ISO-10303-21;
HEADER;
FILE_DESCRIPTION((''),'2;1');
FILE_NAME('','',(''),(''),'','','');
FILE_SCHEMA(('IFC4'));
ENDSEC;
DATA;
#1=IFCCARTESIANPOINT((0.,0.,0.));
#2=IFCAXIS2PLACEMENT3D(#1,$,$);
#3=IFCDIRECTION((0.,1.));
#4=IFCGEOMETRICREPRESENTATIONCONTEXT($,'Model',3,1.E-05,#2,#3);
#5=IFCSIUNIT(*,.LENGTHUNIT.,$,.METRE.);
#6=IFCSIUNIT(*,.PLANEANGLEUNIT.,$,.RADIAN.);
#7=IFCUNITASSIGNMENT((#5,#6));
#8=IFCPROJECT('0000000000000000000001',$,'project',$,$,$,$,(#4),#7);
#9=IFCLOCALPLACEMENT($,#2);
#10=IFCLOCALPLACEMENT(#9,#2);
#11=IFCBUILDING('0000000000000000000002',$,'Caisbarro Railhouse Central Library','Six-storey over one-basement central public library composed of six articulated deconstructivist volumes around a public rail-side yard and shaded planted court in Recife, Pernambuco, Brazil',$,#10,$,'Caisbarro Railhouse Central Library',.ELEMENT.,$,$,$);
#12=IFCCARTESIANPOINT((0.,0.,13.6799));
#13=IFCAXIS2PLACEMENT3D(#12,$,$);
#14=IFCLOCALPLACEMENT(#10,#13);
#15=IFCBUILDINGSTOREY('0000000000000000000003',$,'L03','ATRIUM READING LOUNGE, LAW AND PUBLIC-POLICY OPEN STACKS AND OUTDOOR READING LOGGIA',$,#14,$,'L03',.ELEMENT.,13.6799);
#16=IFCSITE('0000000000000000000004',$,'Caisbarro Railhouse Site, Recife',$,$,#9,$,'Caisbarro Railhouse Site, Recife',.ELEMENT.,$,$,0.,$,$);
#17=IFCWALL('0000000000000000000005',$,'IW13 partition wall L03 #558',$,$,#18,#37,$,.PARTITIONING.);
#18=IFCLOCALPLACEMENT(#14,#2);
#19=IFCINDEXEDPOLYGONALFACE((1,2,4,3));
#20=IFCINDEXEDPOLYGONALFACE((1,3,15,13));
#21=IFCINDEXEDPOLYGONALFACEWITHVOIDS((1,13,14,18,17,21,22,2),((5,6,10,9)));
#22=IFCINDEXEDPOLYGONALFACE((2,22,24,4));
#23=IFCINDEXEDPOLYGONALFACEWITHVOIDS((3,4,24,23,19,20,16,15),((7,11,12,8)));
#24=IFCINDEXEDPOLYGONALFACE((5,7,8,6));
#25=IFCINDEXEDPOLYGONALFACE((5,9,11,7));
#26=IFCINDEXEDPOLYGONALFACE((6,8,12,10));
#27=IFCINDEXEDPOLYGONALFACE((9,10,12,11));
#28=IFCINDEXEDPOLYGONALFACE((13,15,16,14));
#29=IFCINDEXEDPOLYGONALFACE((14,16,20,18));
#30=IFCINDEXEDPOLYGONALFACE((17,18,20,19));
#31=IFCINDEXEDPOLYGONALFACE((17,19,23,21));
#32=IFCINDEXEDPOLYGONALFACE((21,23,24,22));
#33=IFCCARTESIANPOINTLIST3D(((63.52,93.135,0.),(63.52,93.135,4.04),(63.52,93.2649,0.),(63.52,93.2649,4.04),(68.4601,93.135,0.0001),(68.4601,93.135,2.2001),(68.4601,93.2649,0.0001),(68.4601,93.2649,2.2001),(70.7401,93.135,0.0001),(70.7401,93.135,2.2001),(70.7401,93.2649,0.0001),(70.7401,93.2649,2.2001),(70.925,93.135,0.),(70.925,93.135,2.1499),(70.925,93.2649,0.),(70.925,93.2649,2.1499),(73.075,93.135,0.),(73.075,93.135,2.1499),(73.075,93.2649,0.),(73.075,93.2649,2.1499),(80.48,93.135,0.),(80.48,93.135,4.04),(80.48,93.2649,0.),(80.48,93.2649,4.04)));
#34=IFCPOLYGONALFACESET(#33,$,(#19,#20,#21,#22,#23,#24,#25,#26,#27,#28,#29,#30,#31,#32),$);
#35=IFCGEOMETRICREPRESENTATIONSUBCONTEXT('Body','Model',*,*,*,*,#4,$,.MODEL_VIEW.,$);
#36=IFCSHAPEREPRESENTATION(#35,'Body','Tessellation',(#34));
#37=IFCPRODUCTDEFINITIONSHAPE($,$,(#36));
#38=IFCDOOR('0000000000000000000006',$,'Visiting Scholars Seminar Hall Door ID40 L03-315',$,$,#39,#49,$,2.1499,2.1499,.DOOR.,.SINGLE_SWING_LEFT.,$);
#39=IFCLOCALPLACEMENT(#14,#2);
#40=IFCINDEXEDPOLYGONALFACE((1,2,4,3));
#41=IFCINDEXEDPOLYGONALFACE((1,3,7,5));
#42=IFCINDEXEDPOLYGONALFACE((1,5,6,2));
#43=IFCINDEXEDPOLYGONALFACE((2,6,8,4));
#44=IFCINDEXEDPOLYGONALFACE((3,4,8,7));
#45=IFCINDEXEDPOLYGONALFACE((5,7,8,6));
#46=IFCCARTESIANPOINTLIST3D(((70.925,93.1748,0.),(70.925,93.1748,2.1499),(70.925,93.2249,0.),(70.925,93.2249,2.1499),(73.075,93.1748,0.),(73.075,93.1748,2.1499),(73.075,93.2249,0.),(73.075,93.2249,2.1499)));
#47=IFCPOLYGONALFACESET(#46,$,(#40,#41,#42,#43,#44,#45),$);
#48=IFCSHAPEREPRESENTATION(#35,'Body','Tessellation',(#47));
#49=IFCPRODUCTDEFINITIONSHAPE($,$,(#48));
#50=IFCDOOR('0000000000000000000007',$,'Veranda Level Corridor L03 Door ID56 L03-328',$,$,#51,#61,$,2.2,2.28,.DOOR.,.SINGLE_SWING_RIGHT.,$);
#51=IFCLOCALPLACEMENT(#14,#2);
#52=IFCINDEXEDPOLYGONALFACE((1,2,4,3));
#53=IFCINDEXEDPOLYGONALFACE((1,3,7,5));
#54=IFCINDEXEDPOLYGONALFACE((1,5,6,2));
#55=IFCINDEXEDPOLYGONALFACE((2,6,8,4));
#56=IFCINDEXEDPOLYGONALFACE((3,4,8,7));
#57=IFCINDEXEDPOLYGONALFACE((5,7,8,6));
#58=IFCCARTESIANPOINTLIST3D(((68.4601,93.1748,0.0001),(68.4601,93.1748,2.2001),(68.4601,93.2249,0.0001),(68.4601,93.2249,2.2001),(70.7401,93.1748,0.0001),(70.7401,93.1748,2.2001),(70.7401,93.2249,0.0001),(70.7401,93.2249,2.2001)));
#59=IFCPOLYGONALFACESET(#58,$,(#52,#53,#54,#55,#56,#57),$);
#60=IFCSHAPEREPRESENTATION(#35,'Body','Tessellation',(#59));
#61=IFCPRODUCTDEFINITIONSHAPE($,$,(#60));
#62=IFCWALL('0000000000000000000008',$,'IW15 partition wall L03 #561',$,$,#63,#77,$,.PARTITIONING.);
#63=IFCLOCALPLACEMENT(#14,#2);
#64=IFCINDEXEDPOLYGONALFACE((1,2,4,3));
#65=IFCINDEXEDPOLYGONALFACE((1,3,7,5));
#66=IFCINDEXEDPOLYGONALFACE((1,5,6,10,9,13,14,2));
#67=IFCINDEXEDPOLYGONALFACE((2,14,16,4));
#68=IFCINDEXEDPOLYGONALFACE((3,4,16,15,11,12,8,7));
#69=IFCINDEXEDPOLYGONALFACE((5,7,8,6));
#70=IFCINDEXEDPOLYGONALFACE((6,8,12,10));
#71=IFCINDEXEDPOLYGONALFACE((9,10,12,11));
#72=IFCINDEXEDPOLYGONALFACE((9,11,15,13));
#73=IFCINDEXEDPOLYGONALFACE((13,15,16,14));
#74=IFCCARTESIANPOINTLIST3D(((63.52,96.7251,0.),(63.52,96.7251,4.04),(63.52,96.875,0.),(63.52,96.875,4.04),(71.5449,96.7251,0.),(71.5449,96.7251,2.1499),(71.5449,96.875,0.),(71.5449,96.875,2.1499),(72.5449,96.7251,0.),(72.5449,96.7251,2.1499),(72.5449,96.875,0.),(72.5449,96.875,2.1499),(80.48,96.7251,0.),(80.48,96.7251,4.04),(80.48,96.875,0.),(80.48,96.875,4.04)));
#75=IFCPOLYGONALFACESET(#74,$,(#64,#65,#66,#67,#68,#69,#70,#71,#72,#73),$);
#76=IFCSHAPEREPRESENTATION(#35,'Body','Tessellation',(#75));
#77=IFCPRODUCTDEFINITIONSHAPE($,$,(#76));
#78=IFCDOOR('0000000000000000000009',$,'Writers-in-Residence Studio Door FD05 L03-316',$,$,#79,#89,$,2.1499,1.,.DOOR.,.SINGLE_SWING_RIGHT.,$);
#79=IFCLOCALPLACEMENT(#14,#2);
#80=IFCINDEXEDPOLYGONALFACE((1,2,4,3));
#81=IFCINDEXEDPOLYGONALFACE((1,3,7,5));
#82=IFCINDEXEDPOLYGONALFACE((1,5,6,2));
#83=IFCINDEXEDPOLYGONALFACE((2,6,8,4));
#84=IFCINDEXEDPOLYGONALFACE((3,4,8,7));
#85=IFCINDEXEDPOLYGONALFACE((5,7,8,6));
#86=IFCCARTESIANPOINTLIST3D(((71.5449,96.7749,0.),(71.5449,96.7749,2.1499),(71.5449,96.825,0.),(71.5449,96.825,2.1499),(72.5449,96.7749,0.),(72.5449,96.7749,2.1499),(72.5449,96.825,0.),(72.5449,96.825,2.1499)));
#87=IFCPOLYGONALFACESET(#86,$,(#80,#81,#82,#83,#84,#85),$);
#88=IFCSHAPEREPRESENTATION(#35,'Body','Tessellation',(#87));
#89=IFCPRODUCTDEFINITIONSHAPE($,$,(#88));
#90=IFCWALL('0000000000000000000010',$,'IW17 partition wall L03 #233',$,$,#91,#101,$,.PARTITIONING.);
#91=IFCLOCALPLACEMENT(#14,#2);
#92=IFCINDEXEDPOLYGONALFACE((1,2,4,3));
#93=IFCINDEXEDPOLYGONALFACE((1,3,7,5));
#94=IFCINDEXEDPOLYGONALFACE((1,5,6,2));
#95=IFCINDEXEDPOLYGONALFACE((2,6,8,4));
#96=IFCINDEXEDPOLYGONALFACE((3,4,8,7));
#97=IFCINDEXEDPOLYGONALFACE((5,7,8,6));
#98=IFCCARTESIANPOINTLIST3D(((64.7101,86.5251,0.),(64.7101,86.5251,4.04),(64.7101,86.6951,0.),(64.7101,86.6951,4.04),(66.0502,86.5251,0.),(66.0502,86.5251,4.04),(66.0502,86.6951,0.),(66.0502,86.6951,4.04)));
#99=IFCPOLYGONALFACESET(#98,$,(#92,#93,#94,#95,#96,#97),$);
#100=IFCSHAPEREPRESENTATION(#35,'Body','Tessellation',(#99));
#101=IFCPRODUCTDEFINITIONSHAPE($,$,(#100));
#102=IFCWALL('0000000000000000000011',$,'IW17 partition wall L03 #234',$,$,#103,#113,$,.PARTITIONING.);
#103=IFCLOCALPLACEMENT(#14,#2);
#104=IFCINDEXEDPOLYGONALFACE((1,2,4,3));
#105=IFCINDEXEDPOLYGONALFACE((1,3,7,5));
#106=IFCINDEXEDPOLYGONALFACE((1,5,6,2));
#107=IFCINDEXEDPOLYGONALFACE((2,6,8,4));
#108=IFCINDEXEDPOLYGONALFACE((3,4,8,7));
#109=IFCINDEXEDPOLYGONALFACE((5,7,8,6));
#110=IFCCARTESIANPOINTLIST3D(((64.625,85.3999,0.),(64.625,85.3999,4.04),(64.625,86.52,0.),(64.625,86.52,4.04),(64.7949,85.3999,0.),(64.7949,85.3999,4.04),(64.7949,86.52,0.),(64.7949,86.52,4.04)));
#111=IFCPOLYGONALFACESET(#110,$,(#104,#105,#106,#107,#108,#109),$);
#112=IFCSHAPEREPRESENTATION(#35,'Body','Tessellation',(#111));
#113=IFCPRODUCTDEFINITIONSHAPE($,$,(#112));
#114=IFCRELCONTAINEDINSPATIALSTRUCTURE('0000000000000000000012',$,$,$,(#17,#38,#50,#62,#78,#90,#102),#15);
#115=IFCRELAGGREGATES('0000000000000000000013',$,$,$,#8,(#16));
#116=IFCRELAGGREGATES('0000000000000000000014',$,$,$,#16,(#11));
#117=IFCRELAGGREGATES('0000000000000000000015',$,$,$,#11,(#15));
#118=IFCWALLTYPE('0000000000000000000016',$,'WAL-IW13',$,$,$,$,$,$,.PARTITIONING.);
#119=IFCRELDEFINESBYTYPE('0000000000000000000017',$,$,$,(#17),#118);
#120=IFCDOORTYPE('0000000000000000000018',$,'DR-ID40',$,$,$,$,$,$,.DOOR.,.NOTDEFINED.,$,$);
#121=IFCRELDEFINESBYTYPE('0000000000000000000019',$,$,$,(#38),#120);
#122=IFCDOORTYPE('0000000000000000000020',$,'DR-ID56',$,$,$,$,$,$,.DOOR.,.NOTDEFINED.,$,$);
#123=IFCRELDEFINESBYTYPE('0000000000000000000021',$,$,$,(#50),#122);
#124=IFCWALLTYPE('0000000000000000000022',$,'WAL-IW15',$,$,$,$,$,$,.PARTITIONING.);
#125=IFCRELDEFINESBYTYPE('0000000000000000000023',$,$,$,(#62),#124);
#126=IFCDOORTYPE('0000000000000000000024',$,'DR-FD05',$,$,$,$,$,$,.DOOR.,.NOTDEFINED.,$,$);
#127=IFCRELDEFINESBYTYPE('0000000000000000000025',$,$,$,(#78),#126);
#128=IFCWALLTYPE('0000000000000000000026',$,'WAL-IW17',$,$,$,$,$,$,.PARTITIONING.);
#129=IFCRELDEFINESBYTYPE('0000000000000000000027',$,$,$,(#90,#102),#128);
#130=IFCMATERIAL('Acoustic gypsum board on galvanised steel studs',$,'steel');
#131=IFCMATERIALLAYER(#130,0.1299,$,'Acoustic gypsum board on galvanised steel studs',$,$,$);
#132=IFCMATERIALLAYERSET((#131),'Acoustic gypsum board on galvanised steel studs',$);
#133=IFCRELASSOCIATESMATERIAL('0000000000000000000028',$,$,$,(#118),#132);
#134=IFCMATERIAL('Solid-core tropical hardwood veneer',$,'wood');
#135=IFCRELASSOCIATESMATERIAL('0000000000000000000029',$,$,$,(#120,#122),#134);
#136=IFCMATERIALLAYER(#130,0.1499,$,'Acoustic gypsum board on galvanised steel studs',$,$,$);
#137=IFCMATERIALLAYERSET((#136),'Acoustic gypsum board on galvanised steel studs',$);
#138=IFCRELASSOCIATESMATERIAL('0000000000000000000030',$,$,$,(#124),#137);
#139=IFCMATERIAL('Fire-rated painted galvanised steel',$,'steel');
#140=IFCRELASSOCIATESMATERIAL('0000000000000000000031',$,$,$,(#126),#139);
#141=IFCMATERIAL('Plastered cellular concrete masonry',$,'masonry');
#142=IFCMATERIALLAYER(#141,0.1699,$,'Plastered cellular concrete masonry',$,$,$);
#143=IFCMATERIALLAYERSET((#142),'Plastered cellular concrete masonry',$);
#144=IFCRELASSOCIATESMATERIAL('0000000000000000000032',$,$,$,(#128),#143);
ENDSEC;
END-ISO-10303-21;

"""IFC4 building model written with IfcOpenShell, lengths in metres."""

from ifc_helpers import new_model, si_unit, direction, frame, frame_2d, origin, place, context, subcontext, project, spatial, rectangle, extrude, material, layer, layer_set, type_object, element, fill, save


model = new_model("IFC4")

# Units and contexts
model_context = context("Model", 3, precision=1e-05, world=origin(), true_north=direction((0.0, 1.0)))
body_context = subcontext(model_context, "Body", "Model", "MODEL_VIEW")
ifc_project = project(units=[si_unit("LENGTHUNIT", "METRE"), si_unit("PLANEANGLEUNIT", "RADIAN")], contexts=[model_context])

# Site, building, storey
site_placement = place(None, origin())
site = spatial("IfcSite", under=ifc_project, at=site_placement, Name="Caisbarro Railhouse Site, Recife", LongName="Caisbarro Railhouse Site, Recife", CompositionType="ELEMENT", RefElevation=0.0)
building_placement = place(site_placement, origin())
building = spatial("IfcBuilding", under=site, at=building_placement, Name="Caisbarro Railhouse Central Library", Description="Six-storey over one-basement central public library composed of six articulated deconstructivist volumes around a public rail-side yard and shaded planted court in Recife, Pernambuco, Brazil", LongName="Caisbarro Railhouse Central Library", CompositionType="ELEMENT")
storey_placement = place(building_placement, frame((0.0, 0.0, 13.6799)))
storey = spatial("IfcBuildingStorey", under=building, at=storey_placement, Name="L03", Description="ATRIUM READING LOUNGE, LAW AND PUBLIC-POLICY OPEN STACKS AND OUTDOOR READING LOGGIA", LongName="L03", CompositionType="ELEMENT", Elevation=13.6799)

# Wall, openings, doors
ifc_material_1 = material(Name="Acoustic gypsum board on galvanised steel studs", Category="steel")
ifc_layer_1 = layer(ifc_material_1, 0.1299, Name="Acoustic gypsum board on galvanised steel studs")
ifc_layer_set_1 = layer_set([ifc_layer_1], Name="Acoustic gypsum board on galvanised steel studs")
wall_type_1 = type_object("IfcWallType", Name="WAL-IW13", PredefinedType="PARTITIONING", material=ifc_layer_set_1)
wall_1_placement = place(storey_placement, frame((63.52, 93.2, 0.0), z_axis=(0.0, 0.0, 1.0), x_axis=(1.0, 0.0, 0.0)))
wall_1 = element("IfcWall", 1, at=wall_1_placement, inside=storey, type_object=wall_type_1, Name="IW13 partition wall L03 #558", PredefinedType="PARTITIONING", context=body_context, shape_type="SweptSolid", body=[
    extrude(rectangle(XDim=16.96, YDim=0.1299, at=frame_2d((8.48, 0.0))), origin(), (0.0, 0.0, 1.0), 4.04),
])
opening_1_placement = place(wall_1_placement, frame((7.405, 0.0, 0.0)))
opening_1 = element("IfcOpeningElement", 2, at=opening_1_placement, cuts=wall_1, PredefinedType="OPENING", context=body_context, shape_type="SweptSolid", body=[
    extrude(rectangle(XDim=2.1499, YDim=2.1499, at=frame_2d((1.075, 1.075))), frame((0.0, 0.075, 0.0), z_axis=(0.0, -1.0, 0.0), x_axis=(1.0, 0.0, 0.0)), (0.0, 0.0, 1.0), 0.1499),
])
opening_2_placement = place(wall_1_placement, frame((4.9399, 0.0, 0.0)))
opening_2 = element("IfcOpeningElement", 3, at=opening_2_placement, cuts=wall_1, PredefinedType="OPENING", context=body_context, shape_type="SweptSolid", body=[
    extrude(rectangle(XDim=2.28, YDim=2.2, at=frame_2d((1.1401, 1.1001))), frame((0.0, 0.075, 0.0), z_axis=(0.0, -1.0, 0.0), x_axis=(1.0, 0.0, 0.0)), (0.0, 0.0, 1.0), 0.1499),
])
ifc_material_2 = material(Name="Solid-core tropical hardwood veneer", Category="wood")
door_type_1 = type_object("IfcDoorType", Name="DR-ID40", OperationType="NOTDEFINED", PredefinedType="DOOR", material=ifc_material_2)
door_1_placement = place(opening_1_placement, origin())
door_1 = element("IfcDoor", 4, at=door_1_placement, inside=storey, type_object=door_type_1, Name="Visiting Scholars Seminar Hall Door ID40 L03-315", OperationType="SINGLE_SWING_LEFT", OverallHeight=2.1499, OverallWidth=2.1499, PredefinedType="DOOR", context=body_context, shape_type="SweptSolid", body=[
    extrude(rectangle(XDim=2.1499, YDim=2.1499, at=frame_2d((1.075, 1.075))), frame((0.0, 0.0249, 0.0), z_axis=(0.0, -1.0, 0.0), x_axis=(1.0, 0.0, 0.0)), (0.0, 0.0, 1.0), 0.05),
])
fill(opening_1, door_1)
door_type_2 = type_object("IfcDoorType", Name="DR-ID56", OperationType="NOTDEFINED", PredefinedType="DOOR", material=ifc_material_2)
door_2_placement = place(opening_2_placement, origin())
door_2 = element("IfcDoor", 5, at=door_2_placement, inside=storey, type_object=door_type_2, Name="Veranda Level Corridor L03 Door ID56 L03-328", OperationType="SINGLE_SWING_RIGHT", OverallHeight=2.2, OverallWidth=2.28, PredefinedType="DOOR", context=body_context, shape_type="SweptSolid", body=[
    extrude(rectangle(XDim=2.28, YDim=2.2, at=frame_2d((1.1401, 1.1001))), frame((0.0, 0.0249, 0.0), z_axis=(0.0, -1.0, 0.0), x_axis=(1.0, 0.0, 0.0)), (0.0, 0.0, 1.0), 0.05),
])
fill(opening_2, door_2)

# Wall, opening, door
ifc_layer_2 = layer(ifc_material_1, 0.1499, Name="Acoustic gypsum board on galvanised steel studs")
ifc_layer_set_2 = layer_set([ifc_layer_2], Name="Acoustic gypsum board on galvanised steel studs")
wall_type_2 = type_object("IfcWallType", Name="WAL-IW15", PredefinedType="PARTITIONING", material=ifc_layer_set_2)
wall_2_placement = place(storey_placement, frame((63.52, 96.8, 0.0), z_axis=(0.0, 0.0, 1.0), x_axis=(1.0, 0.0, 0.0)))
wall_2 = element("IfcWall", 6, at=wall_2_placement, inside=storey, type_object=wall_type_2, Name="IW15 partition wall L03 #561", PredefinedType="PARTITIONING", context=body_context, shape_type="SweptSolid", body=[
    extrude(rectangle(XDim=16.96, YDim=0.1499, at=frame_2d((8.48, 0.0))), origin(), (0.0, 0.0, 1.0), 4.04),
])
opening_3_placement = place(wall_2_placement, frame((8.0249, 0.0, 0.0)))
opening_3 = element("IfcOpeningElement", 7, at=opening_3_placement, cuts=wall_2, PredefinedType="OPENING", context=body_context, shape_type="SweptSolid", body=[
    extrude(rectangle(XDim=1.0, YDim=2.1499, at=frame_2d((0.5, 1.075))), frame((0.0, 0.085, 0.0), z_axis=(0.0, -1.0, 0.0), x_axis=(1.0, 0.0, 0.0)), (0.0, 0.0, 1.0), 0.1699),
])
ifc_material_3 = material(Name="Fire-rated painted galvanised steel", Category="steel")
door_type_3 = type_object("IfcDoorType", Name="DR-FD05", OperationType="NOTDEFINED", PredefinedType="DOOR", material=ifc_material_3)
door_3_placement = place(opening_3_placement, origin())
door_3 = element("IfcDoor", 8, at=door_3_placement, inside=storey, type_object=door_type_3, Name="Writers-in-Residence Studio Door FD05 L03-316", OperationType="SINGLE_SWING_RIGHT", OverallHeight=2.1499, OverallWidth=1.0, PredefinedType="DOOR", context=body_context, shape_type="SweptSolid", body=[
    extrude(rectangle(XDim=1.0, YDim=2.1499, at=frame_2d((0.5, 1.075))), frame((0.0, 0.0249, 0.0), z_axis=(0.0, -1.0, 0.0), x_axis=(1.0, 0.0, 0.0)), (0.0, 0.0, 1.0), 0.05),
])
fill(opening_3, door_3)

# Walls
ifc_material_4 = material(Name="Plastered cellular concrete masonry", Category="masonry")
ifc_layer_3 = layer(ifc_material_4, 0.1699, Name="Plastered cellular concrete masonry")
ifc_layer_set_3 = layer_set([ifc_layer_3], Name="Plastered cellular concrete masonry")
wall_type_3 = type_object("IfcWallType", Name="WAL-IW17", PredefinedType="PARTITIONING", material=ifc_layer_set_3)
wall_3_placement = place(storey_placement, frame((66.05, 86.6101, 0.0), z_axis=(0.0, 0.0, 1.0), x_axis=(-1.0, 0.0, 0.0)))
element("IfcWall", 9, at=wall_3_placement, inside=storey, type_object=wall_type_3, Name="IW17 partition wall L03 #233", PredefinedType="PARTITIONING", context=body_context, shape_type="SweptSolid", body=[
    extrude(rectangle(XDim=1.3401, YDim=0.1699, at=frame_2d((0.6699, 0.0))), origin(), (0.0, 0.0, 1.0), 4.04),
])
wall_4_placement = place(storey_placement, frame((64.71, 86.52, 0.0), z_axis=(0.0, 0.0, 1.0), x_axis=(0.0, -1.0, 0.0)))
element("IfcWall", 10, at=wall_4_placement, inside=storey, type_object=wall_type_3, Name="IW17 partition wall L03 #234", PredefinedType="PARTITIONING", context=body_context, shape_type="SweptSolid", body=[
    extrude(rectangle(XDim=1.1201, YDim=0.1699, at=frame_2d((0.5601, 0.0))), origin(), (0.0, 0.0, 1.0), 4.04),
])

save(model, "model.ifc")
